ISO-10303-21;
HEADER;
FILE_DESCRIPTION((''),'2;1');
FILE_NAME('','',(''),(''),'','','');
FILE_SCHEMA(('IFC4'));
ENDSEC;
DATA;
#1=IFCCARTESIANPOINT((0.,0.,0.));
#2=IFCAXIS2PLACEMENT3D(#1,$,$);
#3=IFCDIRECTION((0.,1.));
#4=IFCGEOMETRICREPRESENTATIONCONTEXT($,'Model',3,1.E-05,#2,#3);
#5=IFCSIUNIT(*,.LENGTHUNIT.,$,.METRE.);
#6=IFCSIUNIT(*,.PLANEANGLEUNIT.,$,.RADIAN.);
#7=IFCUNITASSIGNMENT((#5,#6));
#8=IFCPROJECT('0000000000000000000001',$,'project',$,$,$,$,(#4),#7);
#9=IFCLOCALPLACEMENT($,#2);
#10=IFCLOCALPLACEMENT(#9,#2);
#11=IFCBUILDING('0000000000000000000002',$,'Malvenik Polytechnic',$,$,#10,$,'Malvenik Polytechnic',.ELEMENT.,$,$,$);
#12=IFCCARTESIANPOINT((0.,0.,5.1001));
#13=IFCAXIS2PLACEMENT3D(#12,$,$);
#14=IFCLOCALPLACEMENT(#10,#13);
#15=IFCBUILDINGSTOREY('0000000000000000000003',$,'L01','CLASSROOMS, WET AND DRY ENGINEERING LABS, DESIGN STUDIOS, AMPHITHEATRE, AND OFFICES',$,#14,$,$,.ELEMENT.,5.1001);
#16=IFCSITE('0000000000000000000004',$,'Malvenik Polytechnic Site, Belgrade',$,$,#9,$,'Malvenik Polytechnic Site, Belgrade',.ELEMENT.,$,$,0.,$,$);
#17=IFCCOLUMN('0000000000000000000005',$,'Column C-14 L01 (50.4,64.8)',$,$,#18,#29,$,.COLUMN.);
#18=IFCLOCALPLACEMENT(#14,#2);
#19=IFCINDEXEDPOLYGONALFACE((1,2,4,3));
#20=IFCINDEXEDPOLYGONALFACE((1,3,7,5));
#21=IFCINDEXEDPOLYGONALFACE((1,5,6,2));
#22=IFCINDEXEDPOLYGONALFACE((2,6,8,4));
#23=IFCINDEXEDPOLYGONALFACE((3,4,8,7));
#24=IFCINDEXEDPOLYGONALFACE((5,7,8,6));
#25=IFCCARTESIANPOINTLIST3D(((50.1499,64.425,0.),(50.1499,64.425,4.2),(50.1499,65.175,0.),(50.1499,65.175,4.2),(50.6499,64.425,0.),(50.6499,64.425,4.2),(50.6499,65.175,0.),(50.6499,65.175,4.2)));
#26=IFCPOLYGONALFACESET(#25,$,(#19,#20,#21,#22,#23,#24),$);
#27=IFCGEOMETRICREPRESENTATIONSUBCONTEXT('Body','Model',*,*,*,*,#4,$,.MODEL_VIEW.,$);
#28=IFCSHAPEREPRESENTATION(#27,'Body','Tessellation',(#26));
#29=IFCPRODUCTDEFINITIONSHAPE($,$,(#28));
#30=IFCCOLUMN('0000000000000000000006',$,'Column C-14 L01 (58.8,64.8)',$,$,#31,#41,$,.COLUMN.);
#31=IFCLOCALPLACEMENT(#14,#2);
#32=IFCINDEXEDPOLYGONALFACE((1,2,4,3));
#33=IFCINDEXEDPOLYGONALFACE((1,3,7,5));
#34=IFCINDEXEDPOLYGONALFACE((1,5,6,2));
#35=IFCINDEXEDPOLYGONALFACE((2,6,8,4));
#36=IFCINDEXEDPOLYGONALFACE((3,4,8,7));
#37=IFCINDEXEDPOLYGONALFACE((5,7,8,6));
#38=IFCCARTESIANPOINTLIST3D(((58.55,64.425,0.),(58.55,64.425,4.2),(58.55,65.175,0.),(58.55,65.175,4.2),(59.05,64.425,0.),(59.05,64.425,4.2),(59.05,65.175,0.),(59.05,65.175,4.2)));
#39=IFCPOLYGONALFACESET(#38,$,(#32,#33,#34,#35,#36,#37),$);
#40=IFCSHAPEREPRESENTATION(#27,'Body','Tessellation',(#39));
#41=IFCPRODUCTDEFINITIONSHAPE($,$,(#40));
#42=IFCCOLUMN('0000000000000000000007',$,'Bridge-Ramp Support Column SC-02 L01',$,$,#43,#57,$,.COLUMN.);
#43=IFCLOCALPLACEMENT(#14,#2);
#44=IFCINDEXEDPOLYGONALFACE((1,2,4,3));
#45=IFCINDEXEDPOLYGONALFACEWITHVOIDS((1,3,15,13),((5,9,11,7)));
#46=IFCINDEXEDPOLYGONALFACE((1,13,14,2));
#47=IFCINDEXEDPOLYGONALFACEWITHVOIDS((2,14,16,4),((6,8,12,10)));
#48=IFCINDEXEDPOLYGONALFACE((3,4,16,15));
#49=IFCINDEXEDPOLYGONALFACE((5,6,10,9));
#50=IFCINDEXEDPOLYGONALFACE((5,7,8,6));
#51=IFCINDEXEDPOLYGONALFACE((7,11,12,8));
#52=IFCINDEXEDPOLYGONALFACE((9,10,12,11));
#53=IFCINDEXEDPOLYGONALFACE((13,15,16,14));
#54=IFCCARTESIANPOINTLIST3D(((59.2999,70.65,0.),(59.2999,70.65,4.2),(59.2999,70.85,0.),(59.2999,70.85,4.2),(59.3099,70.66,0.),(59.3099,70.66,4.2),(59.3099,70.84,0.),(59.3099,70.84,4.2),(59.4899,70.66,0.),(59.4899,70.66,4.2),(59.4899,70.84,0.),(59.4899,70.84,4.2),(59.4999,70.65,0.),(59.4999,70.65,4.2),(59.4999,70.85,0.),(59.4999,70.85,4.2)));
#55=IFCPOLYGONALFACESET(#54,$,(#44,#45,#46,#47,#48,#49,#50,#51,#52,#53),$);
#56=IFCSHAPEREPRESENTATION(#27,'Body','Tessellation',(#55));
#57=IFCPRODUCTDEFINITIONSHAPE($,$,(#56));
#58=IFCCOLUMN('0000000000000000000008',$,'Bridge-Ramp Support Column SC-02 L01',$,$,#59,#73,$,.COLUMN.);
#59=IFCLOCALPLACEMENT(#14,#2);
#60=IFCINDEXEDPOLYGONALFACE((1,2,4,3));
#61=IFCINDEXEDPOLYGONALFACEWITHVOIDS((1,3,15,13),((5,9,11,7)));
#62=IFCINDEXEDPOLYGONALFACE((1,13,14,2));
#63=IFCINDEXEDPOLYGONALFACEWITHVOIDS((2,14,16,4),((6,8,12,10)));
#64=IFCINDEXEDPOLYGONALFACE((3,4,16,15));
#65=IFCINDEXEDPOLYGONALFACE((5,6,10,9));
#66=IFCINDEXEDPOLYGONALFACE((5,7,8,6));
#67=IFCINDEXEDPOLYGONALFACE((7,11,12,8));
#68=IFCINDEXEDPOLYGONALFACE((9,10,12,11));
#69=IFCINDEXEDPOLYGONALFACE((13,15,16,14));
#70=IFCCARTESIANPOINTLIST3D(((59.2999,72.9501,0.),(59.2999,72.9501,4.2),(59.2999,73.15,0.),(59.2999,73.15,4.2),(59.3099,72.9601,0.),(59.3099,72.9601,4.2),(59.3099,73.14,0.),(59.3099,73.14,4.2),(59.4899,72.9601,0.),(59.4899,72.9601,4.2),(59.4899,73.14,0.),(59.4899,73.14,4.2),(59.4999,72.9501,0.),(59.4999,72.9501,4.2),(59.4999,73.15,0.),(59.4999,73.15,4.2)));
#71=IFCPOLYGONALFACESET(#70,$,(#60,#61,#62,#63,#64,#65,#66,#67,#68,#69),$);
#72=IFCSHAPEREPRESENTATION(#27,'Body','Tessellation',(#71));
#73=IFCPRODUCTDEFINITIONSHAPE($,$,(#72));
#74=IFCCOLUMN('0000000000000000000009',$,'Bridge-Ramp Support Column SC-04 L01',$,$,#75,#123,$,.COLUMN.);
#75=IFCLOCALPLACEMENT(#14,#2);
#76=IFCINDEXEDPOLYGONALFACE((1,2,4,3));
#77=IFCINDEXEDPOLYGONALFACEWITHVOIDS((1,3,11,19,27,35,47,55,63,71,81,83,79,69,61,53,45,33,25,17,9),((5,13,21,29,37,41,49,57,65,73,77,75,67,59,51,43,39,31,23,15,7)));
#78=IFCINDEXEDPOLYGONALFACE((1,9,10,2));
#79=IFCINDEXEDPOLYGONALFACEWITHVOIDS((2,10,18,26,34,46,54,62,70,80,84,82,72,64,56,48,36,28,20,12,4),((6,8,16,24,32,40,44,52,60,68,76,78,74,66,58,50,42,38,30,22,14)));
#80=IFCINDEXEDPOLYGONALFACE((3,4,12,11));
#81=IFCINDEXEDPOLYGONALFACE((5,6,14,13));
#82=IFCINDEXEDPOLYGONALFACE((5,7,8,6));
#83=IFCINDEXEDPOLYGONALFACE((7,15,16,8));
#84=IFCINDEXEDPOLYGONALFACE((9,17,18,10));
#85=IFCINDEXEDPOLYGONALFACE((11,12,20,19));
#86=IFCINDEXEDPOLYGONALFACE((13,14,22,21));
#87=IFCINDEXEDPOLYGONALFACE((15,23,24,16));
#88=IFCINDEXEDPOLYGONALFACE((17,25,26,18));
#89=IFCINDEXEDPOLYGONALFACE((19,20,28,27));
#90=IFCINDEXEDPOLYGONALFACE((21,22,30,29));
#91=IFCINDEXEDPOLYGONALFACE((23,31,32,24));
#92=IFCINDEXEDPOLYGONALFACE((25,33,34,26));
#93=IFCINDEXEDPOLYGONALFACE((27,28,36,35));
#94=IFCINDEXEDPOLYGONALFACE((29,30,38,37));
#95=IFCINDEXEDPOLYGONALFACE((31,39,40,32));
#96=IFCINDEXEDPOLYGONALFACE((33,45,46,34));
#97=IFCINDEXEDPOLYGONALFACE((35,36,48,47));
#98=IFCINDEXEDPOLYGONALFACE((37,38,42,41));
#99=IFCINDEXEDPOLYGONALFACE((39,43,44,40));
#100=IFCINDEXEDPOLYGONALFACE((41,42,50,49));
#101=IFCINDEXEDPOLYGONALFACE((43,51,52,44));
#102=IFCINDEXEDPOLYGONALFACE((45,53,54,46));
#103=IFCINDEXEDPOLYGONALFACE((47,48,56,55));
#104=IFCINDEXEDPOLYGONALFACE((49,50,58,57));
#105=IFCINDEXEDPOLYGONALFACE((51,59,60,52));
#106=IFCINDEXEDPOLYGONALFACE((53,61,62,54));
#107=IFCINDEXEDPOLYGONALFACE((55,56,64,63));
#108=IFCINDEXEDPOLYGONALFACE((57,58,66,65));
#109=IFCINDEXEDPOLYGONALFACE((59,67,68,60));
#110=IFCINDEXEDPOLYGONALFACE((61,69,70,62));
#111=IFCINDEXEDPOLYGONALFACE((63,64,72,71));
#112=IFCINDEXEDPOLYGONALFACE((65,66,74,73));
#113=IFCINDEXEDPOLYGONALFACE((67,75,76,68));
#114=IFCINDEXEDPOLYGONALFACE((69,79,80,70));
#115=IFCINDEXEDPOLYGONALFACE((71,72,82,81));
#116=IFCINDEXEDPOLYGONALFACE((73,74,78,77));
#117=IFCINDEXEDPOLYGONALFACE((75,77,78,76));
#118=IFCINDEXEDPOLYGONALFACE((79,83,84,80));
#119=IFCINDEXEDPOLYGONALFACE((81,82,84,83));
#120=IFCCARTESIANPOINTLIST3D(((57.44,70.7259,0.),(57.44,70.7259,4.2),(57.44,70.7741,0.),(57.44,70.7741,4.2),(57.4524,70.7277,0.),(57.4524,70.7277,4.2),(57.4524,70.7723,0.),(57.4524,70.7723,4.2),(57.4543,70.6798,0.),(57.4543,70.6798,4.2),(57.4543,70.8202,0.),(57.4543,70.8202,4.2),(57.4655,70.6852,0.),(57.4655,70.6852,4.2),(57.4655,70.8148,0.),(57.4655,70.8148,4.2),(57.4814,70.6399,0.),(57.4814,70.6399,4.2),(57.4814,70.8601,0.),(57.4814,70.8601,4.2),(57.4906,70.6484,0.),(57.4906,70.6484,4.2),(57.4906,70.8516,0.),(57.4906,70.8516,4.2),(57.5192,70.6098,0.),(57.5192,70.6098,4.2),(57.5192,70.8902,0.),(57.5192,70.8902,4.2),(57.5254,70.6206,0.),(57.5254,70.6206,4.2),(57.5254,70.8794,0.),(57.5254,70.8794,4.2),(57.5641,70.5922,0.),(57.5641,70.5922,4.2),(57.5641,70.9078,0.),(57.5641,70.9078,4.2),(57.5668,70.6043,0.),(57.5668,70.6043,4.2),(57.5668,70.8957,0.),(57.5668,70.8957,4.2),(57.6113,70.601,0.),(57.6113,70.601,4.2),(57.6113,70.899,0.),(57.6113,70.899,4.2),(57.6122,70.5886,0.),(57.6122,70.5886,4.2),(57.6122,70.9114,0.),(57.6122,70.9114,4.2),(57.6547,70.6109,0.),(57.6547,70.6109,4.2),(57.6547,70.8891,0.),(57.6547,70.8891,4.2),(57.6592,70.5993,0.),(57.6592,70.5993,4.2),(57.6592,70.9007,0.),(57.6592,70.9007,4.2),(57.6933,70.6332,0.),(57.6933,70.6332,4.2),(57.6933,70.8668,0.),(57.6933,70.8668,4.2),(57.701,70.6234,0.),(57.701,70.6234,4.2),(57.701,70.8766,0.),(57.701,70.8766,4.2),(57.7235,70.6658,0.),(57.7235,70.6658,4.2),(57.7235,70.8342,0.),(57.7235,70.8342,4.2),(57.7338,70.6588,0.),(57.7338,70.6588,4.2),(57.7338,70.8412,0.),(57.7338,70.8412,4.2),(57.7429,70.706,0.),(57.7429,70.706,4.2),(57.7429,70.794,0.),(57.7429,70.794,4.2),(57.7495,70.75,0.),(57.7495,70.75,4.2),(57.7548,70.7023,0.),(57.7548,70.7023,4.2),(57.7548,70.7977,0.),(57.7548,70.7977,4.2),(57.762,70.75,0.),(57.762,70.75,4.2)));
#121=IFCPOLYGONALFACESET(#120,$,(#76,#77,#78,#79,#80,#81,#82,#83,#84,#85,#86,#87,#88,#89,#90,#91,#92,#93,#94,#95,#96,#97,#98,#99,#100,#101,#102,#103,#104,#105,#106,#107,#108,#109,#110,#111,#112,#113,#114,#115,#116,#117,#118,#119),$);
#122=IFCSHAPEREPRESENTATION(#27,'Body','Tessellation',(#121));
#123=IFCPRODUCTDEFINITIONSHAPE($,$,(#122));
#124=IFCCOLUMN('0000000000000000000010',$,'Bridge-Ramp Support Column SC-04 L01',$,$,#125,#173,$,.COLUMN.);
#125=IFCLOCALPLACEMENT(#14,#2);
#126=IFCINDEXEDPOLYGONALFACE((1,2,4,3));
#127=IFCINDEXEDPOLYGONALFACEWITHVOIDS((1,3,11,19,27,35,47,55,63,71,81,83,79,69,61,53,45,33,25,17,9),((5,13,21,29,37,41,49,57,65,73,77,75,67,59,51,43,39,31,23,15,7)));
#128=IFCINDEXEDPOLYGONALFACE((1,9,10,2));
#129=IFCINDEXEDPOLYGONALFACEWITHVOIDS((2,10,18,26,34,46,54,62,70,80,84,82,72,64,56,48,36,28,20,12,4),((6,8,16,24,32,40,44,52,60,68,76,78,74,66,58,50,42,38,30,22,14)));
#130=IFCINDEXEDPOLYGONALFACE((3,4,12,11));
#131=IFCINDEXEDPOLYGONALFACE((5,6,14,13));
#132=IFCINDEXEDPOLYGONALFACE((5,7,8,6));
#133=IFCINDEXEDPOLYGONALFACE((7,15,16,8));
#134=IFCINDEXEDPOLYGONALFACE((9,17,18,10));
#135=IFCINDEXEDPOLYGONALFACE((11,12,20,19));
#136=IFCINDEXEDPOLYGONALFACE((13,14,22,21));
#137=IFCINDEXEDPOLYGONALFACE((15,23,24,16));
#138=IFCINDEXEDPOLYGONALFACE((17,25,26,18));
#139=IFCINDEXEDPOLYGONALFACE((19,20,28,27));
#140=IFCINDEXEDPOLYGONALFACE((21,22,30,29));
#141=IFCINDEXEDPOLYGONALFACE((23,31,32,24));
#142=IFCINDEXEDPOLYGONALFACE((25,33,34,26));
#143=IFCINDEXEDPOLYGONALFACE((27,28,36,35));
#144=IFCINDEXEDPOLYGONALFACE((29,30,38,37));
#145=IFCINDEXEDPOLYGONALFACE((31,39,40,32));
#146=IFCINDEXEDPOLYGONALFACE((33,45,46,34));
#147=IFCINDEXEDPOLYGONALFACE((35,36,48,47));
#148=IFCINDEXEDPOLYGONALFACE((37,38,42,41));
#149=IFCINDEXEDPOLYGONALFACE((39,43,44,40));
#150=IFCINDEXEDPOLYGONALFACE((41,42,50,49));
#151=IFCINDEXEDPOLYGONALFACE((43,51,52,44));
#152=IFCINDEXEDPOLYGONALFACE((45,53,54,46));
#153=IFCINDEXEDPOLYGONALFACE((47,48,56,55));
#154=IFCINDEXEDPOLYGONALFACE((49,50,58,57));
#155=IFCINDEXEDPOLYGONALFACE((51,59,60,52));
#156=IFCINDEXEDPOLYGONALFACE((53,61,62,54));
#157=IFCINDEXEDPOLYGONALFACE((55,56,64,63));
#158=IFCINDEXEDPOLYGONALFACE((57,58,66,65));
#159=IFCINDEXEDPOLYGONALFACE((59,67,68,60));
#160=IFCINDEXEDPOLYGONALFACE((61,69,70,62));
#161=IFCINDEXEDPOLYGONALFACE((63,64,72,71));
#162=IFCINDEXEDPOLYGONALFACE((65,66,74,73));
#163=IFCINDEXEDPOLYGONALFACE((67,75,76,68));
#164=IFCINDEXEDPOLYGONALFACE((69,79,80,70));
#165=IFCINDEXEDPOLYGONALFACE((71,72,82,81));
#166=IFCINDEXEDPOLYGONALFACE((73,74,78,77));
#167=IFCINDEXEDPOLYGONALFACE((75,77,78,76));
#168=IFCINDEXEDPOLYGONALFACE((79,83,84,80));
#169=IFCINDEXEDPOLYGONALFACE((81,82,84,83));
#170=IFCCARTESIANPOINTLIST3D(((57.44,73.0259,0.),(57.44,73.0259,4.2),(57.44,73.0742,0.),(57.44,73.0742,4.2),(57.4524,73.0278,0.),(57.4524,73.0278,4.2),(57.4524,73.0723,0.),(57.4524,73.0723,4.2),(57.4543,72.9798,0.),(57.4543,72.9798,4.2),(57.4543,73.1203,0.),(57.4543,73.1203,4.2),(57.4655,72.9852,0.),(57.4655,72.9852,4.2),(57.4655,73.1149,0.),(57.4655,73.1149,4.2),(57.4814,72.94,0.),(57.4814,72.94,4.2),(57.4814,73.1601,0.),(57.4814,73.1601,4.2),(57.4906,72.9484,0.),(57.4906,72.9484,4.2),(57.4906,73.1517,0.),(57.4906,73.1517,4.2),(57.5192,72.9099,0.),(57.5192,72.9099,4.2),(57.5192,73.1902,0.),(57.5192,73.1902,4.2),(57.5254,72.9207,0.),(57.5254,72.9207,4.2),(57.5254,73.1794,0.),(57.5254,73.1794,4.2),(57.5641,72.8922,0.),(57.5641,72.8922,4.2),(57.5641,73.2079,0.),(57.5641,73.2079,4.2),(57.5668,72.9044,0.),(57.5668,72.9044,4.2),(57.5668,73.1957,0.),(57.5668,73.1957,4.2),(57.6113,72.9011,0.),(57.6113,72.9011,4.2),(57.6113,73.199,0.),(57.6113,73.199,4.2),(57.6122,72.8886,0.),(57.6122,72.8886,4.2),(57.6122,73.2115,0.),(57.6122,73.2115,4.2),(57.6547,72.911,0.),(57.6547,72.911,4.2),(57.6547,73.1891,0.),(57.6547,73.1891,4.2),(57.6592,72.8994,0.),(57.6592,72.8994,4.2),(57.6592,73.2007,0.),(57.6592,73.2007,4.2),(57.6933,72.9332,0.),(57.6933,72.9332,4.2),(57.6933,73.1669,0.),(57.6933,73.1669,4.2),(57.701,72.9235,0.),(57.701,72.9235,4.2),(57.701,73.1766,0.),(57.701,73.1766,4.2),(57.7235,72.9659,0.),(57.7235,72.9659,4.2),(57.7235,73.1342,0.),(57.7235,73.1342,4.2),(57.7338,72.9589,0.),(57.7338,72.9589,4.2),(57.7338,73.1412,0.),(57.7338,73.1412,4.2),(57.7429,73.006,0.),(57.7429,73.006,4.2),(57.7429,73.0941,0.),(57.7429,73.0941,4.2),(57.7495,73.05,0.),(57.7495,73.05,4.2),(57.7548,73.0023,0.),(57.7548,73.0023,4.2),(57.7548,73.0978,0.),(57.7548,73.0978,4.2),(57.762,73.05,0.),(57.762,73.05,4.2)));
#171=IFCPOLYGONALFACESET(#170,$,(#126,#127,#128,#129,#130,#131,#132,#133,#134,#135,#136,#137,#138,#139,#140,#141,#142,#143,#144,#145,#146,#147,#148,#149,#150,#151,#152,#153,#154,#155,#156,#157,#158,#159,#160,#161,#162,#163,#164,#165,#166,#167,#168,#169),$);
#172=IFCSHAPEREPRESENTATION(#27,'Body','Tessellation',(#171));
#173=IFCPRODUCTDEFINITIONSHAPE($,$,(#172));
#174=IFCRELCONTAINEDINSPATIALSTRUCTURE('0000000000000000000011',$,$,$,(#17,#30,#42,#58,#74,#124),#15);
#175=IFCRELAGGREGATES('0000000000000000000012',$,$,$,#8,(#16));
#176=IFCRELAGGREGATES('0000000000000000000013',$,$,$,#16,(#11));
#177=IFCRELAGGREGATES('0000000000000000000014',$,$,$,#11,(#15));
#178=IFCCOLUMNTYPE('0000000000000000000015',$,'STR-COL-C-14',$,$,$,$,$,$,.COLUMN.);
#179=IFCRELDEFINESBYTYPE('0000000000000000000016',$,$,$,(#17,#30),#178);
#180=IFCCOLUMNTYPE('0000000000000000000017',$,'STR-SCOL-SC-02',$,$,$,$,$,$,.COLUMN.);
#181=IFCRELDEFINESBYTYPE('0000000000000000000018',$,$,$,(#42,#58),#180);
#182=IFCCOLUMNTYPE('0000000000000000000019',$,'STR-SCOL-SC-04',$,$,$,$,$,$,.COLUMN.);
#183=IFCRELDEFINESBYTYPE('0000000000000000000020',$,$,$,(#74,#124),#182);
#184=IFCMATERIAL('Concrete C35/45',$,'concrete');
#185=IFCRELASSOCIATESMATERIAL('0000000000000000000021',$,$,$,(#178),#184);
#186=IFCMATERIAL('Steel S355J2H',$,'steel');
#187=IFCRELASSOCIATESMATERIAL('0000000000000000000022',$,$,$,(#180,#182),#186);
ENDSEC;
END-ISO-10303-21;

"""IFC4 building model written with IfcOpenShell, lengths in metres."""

from ifc_helpers import new_model, si_unit, direction, frame, origin, origin_2d, place, context, subcontext, project, spatial, rectangle, hollow_rectangle, hollow_circle, extrude, material, material_profile, profile_set, type_object, element, save


model = new_model("IFC4")

# Units and contexts
model_context = context("Model", 3, precision=1e-05, world=origin(), true_north=direction((0.0, 1.0)))
body_context = subcontext(model_context, "Body", "Model", "MODEL_VIEW")
ifc_project = project(units=[si_unit("LENGTHUNIT", "METRE"), si_unit("PLANEANGLEUNIT", "RADIAN")], contexts=[model_context])

# Site, building, storey
site_placement = place(None, origin())
site = spatial("IfcSite", under=ifc_project, at=site_placement, Name="Malvenik Polytechnic Site, Belgrade", LongName="Malvenik Polytechnic Site, Belgrade", CompositionType="ELEMENT", RefElevation=0.0)
building_placement = place(site_placement, origin())
building = spatial("IfcBuilding", under=site, at=building_placement, Name="Malvenik Polytechnic", LongName="Malvenik Polytechnic", CompositionType="ELEMENT")
storey_placement = place(building_placement, frame((0.0, 0.0, 5.1001)))
storey = spatial("IfcBuildingStorey", under=building, at=storey_placement, Name="L01", Description="CLASSROOMS, WET AND DRY ENGINEERING LABS, DESIGN STUDIOS, AMPHITHEATRE, AND OFFICES", CompositionType="ELEMENT", Elevation=5.1001)

# Columns
ifc_material_1 = material(Name="Concrete C35/45", Category="concrete")
ifc_material_profile_1 = material_profile(ifc_material_1, rectangle(XDim=0.5, YDim=0.75, at=origin_2d()), Name="RC COL 750x500")
ifc_profile_set_1 = profile_set([ifc_material_profile_1], Name="Concrete C35/45")
column_type_1 = type_object("IfcColumnType", Name="STR-COL-C-14", PredefinedType="COLUMN", material=ifc_profile_set_1)
for number, where, z_axis, x_axis, name in (
    (1, (50.3999, 64.8, 0.0), (0.0, 0.0, 1.0), (1.0, 0.0, 0.0), "Column C-14 L01 (50.4,64.8)"),
    (2, (58.8, 64.8, 0.0), (0.0, 0.0, 1.0), (1.0, 0.0, 0.0), "Column C-14 L01 (58.8,64.8)"),
):
    element("IfcColumn", number, at=place(storey_placement, frame(where, z_axis=z_axis, x_axis=x_axis)), inside=storey, type_object=column_type_1, Name=name, PredefinedType="COLUMN", context=body_context, shape_type="SweptSolid", body=[
        extrude(rectangle(XDim=0.5, YDim=0.75, at=origin_2d()), origin(), (0.0, 0.0, 1.0), 4.2),
    ])
ifc_material_2 = material(Name="Steel S355J2H", Category="steel")
ifc_material_profile_2 = material_profile(ifc_material_2, hollow_rectangle(XDim=0.2, YDim=0.2, WallThickness=0.01, at=origin_2d()), Name="SHS 200x200x10.0")
ifc_profile_set_2 = profile_set([ifc_material_profile_2], Name="Steel S355J2H")
column_type_2 = type_object("IfcColumnType", Name="STR-SCOL-SC-02", PredefinedType="COLUMN", material=ifc_profile_set_2)
for number, where, z_axis, x_axis, name in (
    (3, (59.3999, 70.75, 0.0), (0.0, 0.0, 1.0), (1.0, 0.0, 0.0), "Bridge-Ramp Support Column SC-02 L01"),
    (4, (59.3999, 73.05, 0.0), (0.0, 0.0, 1.0), (1.0, 0.0, 0.0), "Bridge-Ramp Support Column SC-02 L01"),
):
    element("IfcColumn", number, at=place(storey_placement, frame(where, z_axis=z_axis, x_axis=x_axis)), inside=storey, type_object=column_type_2, Name=name, PredefinedType="COLUMN", context=body_context, shape_type="SweptSolid", body=[
        extrude(hollow_rectangle(XDim=0.2, YDim=0.2, WallThickness=0.01, at=origin_2d()), origin(), (0.0, 0.0, 1.0), 4.2),
    ])
ifc_material_profile_3 = material_profile(ifc_material_2, hollow_circle(Radius=0.1619, WallThickness=0.0125, at=origin_2d()), Name="CHS 323.9x12.5")
ifc_profile_set_3 = profile_set([ifc_material_profile_3], Name="Steel S355J2H")
column_type_3 = type_object("IfcColumnType", Name="STR-SCOL-SC-04", PredefinedType="COLUMN", material=ifc_profile_set_3)
for number, where, z_axis, x_axis, name in (
    (5, (57.6001, 70.75, 0.0), (0.0, 0.0, 1.0), (1.0, 0.0, 0.0), "Bridge-Ramp Support Column SC-04 L01"),
    (6, (57.6001, 73.05, 0.0), (0.0, 0.0, 1.0), (1.0, 0.0, 0.0), "Bridge-Ramp Support Column SC-04 L01"),
):
    element("IfcColumn", number, at=place(storey_placement, frame(where, z_axis=z_axis, x_axis=x_axis)), inside=storey, type_object=column_type_3, Name=name, PredefinedType="COLUMN", context=body_context, shape_type="SweptSolid", body=[
        extrude(hollow_circle(Radius=0.1619, WallThickness=0.0125, at=origin_2d()), origin(), (0.0, 0.0, 1.0), 4.2),
    ])

save(model, "model.ifc")
